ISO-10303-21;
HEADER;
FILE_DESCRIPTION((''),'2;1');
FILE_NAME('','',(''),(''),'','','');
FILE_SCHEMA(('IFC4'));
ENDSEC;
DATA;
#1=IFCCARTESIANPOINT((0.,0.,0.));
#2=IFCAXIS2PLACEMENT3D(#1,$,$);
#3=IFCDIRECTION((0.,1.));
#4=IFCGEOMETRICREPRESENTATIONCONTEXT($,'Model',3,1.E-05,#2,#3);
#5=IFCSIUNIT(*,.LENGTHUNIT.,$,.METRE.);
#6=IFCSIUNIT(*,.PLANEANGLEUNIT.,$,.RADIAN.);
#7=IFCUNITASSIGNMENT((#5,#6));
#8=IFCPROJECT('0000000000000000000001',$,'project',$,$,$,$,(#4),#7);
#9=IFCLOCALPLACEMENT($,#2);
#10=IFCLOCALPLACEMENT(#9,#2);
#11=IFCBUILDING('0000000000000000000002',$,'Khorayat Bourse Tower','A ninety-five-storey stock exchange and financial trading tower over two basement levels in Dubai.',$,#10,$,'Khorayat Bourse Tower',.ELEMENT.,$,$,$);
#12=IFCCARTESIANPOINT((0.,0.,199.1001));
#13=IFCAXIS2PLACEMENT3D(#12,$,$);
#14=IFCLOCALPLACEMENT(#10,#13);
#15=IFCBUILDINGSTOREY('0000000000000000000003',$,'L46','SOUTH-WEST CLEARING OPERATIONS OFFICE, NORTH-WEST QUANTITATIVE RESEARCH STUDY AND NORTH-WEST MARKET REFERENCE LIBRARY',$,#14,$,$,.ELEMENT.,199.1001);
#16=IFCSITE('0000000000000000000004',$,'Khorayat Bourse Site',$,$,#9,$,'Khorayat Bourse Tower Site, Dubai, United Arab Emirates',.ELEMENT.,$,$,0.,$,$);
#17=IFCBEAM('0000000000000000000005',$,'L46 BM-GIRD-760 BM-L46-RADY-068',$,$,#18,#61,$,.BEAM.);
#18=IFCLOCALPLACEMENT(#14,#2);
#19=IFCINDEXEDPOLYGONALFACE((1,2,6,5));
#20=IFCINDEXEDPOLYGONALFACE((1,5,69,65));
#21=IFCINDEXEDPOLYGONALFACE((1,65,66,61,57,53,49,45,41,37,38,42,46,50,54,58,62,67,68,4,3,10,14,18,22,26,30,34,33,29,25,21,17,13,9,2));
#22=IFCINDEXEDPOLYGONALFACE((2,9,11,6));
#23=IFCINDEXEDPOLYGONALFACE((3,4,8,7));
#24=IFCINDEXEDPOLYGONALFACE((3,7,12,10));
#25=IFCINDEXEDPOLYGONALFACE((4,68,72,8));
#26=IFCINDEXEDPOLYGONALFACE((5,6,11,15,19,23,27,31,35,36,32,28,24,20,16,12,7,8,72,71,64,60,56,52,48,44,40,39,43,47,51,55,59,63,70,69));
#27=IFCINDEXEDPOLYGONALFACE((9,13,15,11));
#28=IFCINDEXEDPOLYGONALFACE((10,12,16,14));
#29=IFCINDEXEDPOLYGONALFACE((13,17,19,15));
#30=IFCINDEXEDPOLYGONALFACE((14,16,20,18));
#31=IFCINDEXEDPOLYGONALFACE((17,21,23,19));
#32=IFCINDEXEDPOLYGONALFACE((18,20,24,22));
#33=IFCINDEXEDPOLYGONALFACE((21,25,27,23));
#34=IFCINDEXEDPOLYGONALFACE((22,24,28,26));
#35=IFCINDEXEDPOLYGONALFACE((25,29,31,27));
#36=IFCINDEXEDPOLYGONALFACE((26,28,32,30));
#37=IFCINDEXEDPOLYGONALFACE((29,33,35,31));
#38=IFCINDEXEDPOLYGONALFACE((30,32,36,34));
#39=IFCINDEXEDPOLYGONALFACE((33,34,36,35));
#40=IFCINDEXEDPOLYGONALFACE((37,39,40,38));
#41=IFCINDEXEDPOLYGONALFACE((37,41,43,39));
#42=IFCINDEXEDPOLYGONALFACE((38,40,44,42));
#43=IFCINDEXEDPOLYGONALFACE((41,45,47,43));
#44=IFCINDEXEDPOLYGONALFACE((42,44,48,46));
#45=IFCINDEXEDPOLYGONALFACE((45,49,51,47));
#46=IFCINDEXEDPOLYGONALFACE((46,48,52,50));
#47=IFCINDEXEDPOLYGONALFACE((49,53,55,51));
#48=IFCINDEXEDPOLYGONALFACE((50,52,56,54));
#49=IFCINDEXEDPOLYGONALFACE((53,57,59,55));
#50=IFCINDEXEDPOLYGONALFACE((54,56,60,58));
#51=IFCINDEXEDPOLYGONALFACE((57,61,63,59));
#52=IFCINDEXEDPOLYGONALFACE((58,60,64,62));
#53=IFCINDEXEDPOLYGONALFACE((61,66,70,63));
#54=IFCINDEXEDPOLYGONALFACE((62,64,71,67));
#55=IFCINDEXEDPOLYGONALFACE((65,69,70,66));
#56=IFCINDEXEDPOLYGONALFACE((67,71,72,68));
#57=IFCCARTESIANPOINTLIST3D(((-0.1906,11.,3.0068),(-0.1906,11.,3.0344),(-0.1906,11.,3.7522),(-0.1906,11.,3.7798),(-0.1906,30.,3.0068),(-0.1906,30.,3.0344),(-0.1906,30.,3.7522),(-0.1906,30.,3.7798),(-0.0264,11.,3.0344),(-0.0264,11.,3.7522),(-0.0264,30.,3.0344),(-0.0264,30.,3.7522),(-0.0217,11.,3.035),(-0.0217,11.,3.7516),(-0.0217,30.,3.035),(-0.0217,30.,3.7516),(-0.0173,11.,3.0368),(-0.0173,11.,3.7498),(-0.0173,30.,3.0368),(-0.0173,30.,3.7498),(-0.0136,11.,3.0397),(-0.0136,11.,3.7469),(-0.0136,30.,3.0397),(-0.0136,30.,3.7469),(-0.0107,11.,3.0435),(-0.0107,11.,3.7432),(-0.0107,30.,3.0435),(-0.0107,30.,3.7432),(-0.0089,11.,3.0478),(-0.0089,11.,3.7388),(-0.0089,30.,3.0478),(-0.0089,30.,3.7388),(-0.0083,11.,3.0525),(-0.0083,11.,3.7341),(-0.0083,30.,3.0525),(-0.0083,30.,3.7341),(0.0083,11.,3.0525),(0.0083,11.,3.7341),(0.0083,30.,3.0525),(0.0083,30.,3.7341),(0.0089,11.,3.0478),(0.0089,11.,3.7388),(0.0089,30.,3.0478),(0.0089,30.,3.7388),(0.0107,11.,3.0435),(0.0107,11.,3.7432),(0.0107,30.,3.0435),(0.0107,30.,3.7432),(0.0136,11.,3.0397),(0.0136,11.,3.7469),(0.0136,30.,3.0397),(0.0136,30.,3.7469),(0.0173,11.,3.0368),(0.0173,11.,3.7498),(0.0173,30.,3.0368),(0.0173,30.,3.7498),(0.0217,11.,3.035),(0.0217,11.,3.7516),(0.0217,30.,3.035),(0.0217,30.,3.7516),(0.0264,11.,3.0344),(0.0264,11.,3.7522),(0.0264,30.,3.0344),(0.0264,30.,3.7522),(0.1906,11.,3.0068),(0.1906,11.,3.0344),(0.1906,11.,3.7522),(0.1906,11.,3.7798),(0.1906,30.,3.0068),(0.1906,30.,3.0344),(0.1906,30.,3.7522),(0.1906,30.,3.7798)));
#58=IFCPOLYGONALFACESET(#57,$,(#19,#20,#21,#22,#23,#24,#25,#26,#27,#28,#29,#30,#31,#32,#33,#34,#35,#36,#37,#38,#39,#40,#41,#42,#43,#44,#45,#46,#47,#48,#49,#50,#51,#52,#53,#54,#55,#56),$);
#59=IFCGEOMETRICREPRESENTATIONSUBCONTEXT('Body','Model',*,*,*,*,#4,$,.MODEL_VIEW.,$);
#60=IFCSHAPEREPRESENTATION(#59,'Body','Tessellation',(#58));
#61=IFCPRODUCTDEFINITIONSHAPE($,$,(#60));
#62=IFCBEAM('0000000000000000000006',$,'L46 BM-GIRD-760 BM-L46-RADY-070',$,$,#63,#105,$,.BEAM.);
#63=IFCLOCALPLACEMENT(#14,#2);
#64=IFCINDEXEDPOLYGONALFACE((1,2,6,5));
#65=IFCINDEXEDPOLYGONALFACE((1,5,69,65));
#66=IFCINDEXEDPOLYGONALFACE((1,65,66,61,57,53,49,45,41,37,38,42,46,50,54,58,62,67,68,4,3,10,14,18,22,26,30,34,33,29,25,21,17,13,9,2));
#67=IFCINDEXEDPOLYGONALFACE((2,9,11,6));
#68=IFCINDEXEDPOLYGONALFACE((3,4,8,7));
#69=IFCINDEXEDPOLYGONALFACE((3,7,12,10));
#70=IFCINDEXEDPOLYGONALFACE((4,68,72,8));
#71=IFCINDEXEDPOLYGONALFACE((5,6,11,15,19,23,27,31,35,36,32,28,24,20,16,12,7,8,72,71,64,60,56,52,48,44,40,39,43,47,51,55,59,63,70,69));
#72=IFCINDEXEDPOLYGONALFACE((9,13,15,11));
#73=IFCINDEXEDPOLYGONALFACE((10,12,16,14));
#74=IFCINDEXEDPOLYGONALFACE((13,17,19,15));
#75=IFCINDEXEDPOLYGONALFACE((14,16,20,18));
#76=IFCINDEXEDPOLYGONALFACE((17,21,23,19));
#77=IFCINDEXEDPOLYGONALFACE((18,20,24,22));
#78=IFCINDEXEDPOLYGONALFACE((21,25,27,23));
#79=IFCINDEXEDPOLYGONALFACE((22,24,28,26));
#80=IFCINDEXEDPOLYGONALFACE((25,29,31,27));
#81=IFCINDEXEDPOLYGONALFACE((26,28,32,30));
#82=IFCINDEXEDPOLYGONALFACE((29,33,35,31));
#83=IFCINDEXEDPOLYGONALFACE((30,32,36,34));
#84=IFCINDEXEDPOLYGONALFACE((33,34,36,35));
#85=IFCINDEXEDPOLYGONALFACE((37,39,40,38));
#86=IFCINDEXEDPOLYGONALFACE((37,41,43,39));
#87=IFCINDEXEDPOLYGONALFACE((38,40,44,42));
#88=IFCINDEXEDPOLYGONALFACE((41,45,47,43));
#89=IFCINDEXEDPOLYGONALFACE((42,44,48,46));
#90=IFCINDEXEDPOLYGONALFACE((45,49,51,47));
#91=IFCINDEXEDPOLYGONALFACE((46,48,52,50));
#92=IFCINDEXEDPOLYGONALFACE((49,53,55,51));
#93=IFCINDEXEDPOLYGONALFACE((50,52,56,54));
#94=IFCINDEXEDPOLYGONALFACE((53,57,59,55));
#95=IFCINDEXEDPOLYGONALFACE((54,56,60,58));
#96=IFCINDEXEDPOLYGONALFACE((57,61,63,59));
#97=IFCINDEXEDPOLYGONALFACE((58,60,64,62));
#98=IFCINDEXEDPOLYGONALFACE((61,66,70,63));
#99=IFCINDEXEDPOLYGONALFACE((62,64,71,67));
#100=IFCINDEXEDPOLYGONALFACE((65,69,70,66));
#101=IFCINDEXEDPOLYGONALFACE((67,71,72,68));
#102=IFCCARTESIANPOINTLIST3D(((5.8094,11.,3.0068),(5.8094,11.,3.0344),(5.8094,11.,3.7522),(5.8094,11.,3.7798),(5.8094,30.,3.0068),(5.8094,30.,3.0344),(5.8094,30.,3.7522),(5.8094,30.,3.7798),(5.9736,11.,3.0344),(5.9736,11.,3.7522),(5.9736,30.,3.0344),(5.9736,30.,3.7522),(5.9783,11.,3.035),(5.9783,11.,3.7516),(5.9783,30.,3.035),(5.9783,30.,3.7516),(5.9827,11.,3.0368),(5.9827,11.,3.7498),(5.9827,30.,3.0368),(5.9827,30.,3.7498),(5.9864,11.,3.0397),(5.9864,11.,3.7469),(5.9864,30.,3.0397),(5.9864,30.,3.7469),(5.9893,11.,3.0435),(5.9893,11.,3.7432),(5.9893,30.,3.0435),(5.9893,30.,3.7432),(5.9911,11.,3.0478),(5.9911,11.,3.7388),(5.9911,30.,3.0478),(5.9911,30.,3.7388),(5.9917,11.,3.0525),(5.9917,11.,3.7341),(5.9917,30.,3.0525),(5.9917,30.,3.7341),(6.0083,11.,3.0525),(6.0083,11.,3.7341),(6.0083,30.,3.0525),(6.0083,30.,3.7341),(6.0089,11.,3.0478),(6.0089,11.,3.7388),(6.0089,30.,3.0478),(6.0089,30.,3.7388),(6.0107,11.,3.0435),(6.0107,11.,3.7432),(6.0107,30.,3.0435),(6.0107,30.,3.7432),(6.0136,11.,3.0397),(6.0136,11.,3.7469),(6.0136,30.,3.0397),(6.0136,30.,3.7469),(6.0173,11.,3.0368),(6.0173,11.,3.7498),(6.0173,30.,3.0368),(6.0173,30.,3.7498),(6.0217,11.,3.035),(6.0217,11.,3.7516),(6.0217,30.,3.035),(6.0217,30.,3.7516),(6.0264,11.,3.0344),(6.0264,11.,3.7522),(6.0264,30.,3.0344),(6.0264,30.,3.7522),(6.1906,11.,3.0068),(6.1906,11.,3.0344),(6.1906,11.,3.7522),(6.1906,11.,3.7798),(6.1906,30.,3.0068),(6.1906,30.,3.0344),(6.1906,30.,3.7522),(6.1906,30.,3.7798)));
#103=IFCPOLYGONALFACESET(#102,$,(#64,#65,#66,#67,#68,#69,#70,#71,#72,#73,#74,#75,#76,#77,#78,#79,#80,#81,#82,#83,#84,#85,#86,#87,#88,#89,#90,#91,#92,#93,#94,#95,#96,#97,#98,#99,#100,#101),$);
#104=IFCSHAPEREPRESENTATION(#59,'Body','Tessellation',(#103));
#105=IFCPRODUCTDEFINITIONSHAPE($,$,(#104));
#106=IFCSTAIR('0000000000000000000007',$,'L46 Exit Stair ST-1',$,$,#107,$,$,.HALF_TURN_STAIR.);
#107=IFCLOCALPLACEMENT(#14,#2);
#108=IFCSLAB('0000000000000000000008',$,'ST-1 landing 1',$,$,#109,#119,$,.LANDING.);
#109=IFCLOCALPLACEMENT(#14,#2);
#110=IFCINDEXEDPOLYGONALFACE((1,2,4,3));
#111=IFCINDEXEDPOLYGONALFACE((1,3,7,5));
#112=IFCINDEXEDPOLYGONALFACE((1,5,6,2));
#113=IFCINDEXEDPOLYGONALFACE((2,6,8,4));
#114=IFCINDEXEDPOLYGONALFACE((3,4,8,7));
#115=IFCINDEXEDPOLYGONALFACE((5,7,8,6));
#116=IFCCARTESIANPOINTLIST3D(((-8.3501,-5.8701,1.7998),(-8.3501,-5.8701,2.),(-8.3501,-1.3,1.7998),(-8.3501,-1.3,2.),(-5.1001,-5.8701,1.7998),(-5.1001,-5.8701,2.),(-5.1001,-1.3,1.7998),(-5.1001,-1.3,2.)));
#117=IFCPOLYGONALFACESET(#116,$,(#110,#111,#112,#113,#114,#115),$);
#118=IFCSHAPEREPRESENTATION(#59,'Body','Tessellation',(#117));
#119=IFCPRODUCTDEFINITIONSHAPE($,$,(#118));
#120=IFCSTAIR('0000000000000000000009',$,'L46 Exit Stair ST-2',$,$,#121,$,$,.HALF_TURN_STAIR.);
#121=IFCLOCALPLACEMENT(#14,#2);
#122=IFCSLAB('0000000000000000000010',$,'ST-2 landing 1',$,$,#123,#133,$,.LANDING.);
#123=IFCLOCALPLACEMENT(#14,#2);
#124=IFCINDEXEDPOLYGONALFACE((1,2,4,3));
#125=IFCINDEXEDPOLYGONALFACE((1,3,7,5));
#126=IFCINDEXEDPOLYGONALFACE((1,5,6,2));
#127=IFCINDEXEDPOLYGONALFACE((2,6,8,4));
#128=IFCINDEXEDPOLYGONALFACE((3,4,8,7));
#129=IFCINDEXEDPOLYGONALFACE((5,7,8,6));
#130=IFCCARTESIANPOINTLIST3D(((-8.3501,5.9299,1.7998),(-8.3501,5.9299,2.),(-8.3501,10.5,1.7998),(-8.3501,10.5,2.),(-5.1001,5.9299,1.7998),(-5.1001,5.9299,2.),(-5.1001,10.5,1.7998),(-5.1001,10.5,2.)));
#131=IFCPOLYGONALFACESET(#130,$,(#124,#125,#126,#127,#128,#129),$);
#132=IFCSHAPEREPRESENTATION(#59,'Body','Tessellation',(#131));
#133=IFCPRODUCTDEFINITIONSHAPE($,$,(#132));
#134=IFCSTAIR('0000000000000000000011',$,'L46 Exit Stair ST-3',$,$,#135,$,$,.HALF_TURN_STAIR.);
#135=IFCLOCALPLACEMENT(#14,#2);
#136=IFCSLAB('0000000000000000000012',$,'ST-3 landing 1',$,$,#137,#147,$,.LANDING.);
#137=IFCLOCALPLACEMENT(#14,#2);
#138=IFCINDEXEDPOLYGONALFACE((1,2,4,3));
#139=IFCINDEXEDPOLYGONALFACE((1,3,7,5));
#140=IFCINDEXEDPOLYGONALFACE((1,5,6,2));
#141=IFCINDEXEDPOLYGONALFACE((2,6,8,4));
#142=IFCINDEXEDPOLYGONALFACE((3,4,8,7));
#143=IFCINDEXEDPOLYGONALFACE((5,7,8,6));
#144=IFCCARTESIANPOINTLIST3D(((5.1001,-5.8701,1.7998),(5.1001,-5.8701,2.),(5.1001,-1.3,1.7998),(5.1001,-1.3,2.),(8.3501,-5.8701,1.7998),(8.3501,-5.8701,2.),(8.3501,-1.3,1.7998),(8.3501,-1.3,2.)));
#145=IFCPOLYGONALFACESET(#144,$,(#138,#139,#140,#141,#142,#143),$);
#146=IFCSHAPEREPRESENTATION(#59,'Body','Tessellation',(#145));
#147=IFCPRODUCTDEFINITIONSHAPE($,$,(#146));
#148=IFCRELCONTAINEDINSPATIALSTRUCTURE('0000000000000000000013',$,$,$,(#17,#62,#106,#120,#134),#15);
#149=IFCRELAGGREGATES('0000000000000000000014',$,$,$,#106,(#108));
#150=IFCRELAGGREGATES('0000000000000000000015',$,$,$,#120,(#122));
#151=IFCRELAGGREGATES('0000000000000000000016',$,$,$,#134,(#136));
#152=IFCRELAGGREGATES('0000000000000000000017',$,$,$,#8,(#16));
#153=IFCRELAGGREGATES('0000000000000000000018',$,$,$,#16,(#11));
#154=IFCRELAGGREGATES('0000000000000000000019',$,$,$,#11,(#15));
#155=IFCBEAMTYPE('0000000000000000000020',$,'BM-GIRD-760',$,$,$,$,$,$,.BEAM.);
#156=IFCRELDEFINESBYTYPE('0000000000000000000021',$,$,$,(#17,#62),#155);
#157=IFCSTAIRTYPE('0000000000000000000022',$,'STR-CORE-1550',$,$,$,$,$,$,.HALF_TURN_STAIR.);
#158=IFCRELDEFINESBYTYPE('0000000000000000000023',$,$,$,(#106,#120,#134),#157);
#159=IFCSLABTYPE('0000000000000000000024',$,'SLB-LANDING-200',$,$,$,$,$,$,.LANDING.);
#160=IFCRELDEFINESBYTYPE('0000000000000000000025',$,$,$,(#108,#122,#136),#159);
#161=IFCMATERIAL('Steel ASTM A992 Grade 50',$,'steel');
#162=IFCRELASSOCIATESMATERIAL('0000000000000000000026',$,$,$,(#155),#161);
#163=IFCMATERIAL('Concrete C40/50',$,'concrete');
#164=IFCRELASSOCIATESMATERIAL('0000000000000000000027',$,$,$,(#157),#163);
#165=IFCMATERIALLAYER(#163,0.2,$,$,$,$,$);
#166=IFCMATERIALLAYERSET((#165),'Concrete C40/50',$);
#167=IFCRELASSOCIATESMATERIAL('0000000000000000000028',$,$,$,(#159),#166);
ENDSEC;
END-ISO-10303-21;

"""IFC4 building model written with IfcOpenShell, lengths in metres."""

from ifc_helpers import new_model, si_unit, direction, frame, origin, origin_2d, place, context, subcontext, project, spatial, polyline, i_section, outline, extrude, source, transform, mapped, material, layer, layer_set, material_profile, profile_set, type_object, element, aggregate, save


model = new_model("IFC4")

# Units and contexts
model_context = context("Model", 3, precision=1e-05, world=origin(), true_north=direction((0.0, 1.0)))
body_context = subcontext(model_context, "Body", "Model", "MODEL_VIEW")
ifc_project = project(units=[si_unit("LENGTHUNIT", "METRE"), si_unit("PLANEANGLEUNIT", "RADIAN")], contexts=[model_context])

# Site, building, storey
site_placement = place(None, origin())
site = spatial("IfcSite", under=ifc_project, at=site_placement, Name="Khorayat Bourse Site", LongName="Khorayat Bourse Tower Site, Dubai, United Arab Emirates", CompositionType="ELEMENT", RefElevation=0.0)
building_placement = place(site_placement, origin())
building = spatial("IfcBuilding", under=site, at=building_placement, Name="Khorayat Bourse Tower", Description="A ninety-five-storey stock exchange and financial trading tower over two basement levels in Dubai.", LongName="Khorayat Bourse Tower", CompositionType="ELEMENT")
storey_placement = place(building_placement, frame((0.0, 0.0, 199.1001)))
storey = spatial("IfcBuildingStorey", under=building, at=storey_placement, Name="L46", Description="SOUTH-WEST CLEARING OPERATIONS OFFICE, NORTH-WEST QUANTITATIVE RESEARCH STUDY AND NORTH-WEST MARKET REFERENCE LIBRARY", CompositionType="ELEMENT", Elevation=199.1001)

# Beams
ifc_material_1 = material(Name="Steel ASTM A992 Grade 50", Category="steel")
ifc_material_profile_1 = material_profile(ifc_material_1, i_section(OverallWidth=0.3811, OverallDepth=0.7729, WebThickness=0.0166, FlangeThickness=0.0276, FilletRadius=0.0181, at=origin_2d()), Name="W760X257")
ifc_profile_set_1 = profile_set([ifc_material_profile_1], Name="Steel ASTM A992 Grade 50")
beam_type_1 = type_object("IfcBeamType", Name="BM-GIRD-760", PredefinedType="BEAM", material=ifc_profile_set_1)
shared_shape_1 = source(origin(), body_context, "Body", "SweptSolid", [
    extrude(i_section(OverallWidth=0.3811, OverallDepth=0.7729, WebThickness=0.0166, FlangeThickness=0.0276, FilletRadius=0.0181, at=origin_2d()), origin(), (0.0, 0.0, 1.0), 19.0),
])
for number, where, z_axis, x_axis, name in (
    (1, (0.0, 11.0, 3.3933), (0.0, 1.0, 0.0), (-1.0, 0.0, 0.0), "L46 BM-GIRD-760 BM-L46-RADY-068"),
    (2, (6.0, 11.0, 3.3933), (0.0, 1.0, 0.0), (-1.0, 0.0, 0.0), "L46 BM-GIRD-760 BM-L46-RADY-070"),
):
    element("IfcBeam", number, at=place(storey_placement, frame(where, z_axis=z_axis, x_axis=x_axis)), inside=storey, type_object=beam_type_1, Name=name, PredefinedType="BEAM", context=body_context, shape_type="MappedRepresentation", body=[
        mapped(shared_shape_1, transform((0.0, 0.0, 0.0), scale=1.0)),
    ])

# Stairs, slabs
ifc_material_2 = material(Name="Concrete C40/50", Category="concrete")
stair_type = type_object("IfcStairType", Name="STR-CORE-1550", PredefinedType="HALF_TURN_STAIR", material=ifc_material_2)
stair_1_placement = place(storey_placement, origin())
stair_1 = element("IfcStair", 3, at=stair_1_placement, inside=storey, type_object=stair_type, Name="L46 Exit Stair ST-1", PredefinedType="HALF_TURN_STAIR")
ifc_layer_1 = layer(ifc_material_2, 0.2)
ifc_layer_set_1 = layer_set([ifc_layer_1], Name="Concrete C40/50")
slab_type_1 = type_object("IfcSlabType", Name="SLB-LANDING-200", PredefinedType="LANDING", material=ifc_layer_set_1)
slab_1_placement = place(storey_placement, frame((0.0, 0.0, 1.7998)))
slab_1 = element("IfcSlab", 4, at=slab_1_placement, type_object=slab_type_1, Name="ST-1 landing 1", PredefinedType="LANDING", context=body_context, shape_type="SweptSolid", body=[
    extrude(outline(polyline([(-5.1001, -5.8701), (-5.1001, -1.3), (-8.3501, -1.3), (-8.3501, -5.8701), (-5.1001, -5.8701)])), origin(), (0.0, 0.0, 1.0), 0.2002),
])
aggregate(stair_1, [slab_1])
stair_2_placement = place(storey_placement, origin())
stair_2 = element("IfcStair", 5, at=stair_2_placement, inside=storey, type_object=stair_type, Name="L46 Exit Stair ST-2", PredefinedType="HALF_TURN_STAIR")
slab_2_placement = place(storey_placement, frame((0.0, 0.0, 1.7998)))
slab_2 = element("IfcSlab", 6, at=slab_2_placement, type_object=slab_type_1, Name="ST-2 landing 1", PredefinedType="LANDING", context=body_context, shape_type="SweptSolid", body=[
    extrude(outline(polyline([(-5.1001, 5.9299), (-5.1001, 10.5), (-8.3501, 10.5), (-8.3501, 5.9299), (-5.1001, 5.9299)])), origin(), (0.0, 0.0, 1.0), 0.2002),
])
aggregate(stair_2, [slab_2])
stair_3_placement = place(storey_placement, origin())
stair_3 = element("IfcStair", 7, at=stair_3_placement, inside=storey, type_object=stair_type, Name="L46 Exit Stair ST-3", PredefinedType="HALF_TURN_STAIR")
slab_3_placement = place(storey_placement, frame((0.0, 0.0, 1.7998)))
slab_3 = element("IfcSlab", 8, at=slab_3_placement, type_object=slab_type_1, Name="ST-3 landing 1", PredefinedType="LANDING", context=body_context, shape_type="SweptSolid", body=[
    extrude(outline(polyline([(8.3501, -5.8701), (8.3501, -1.3), (5.1001, -1.3), (5.1001, -5.8701), (8.3501, -5.8701)])), origin(), (0.0, 0.0, 1.0), 0.2002),
])
aggregate(stair_3, [slab_3])

save(model, "model.ifc")
